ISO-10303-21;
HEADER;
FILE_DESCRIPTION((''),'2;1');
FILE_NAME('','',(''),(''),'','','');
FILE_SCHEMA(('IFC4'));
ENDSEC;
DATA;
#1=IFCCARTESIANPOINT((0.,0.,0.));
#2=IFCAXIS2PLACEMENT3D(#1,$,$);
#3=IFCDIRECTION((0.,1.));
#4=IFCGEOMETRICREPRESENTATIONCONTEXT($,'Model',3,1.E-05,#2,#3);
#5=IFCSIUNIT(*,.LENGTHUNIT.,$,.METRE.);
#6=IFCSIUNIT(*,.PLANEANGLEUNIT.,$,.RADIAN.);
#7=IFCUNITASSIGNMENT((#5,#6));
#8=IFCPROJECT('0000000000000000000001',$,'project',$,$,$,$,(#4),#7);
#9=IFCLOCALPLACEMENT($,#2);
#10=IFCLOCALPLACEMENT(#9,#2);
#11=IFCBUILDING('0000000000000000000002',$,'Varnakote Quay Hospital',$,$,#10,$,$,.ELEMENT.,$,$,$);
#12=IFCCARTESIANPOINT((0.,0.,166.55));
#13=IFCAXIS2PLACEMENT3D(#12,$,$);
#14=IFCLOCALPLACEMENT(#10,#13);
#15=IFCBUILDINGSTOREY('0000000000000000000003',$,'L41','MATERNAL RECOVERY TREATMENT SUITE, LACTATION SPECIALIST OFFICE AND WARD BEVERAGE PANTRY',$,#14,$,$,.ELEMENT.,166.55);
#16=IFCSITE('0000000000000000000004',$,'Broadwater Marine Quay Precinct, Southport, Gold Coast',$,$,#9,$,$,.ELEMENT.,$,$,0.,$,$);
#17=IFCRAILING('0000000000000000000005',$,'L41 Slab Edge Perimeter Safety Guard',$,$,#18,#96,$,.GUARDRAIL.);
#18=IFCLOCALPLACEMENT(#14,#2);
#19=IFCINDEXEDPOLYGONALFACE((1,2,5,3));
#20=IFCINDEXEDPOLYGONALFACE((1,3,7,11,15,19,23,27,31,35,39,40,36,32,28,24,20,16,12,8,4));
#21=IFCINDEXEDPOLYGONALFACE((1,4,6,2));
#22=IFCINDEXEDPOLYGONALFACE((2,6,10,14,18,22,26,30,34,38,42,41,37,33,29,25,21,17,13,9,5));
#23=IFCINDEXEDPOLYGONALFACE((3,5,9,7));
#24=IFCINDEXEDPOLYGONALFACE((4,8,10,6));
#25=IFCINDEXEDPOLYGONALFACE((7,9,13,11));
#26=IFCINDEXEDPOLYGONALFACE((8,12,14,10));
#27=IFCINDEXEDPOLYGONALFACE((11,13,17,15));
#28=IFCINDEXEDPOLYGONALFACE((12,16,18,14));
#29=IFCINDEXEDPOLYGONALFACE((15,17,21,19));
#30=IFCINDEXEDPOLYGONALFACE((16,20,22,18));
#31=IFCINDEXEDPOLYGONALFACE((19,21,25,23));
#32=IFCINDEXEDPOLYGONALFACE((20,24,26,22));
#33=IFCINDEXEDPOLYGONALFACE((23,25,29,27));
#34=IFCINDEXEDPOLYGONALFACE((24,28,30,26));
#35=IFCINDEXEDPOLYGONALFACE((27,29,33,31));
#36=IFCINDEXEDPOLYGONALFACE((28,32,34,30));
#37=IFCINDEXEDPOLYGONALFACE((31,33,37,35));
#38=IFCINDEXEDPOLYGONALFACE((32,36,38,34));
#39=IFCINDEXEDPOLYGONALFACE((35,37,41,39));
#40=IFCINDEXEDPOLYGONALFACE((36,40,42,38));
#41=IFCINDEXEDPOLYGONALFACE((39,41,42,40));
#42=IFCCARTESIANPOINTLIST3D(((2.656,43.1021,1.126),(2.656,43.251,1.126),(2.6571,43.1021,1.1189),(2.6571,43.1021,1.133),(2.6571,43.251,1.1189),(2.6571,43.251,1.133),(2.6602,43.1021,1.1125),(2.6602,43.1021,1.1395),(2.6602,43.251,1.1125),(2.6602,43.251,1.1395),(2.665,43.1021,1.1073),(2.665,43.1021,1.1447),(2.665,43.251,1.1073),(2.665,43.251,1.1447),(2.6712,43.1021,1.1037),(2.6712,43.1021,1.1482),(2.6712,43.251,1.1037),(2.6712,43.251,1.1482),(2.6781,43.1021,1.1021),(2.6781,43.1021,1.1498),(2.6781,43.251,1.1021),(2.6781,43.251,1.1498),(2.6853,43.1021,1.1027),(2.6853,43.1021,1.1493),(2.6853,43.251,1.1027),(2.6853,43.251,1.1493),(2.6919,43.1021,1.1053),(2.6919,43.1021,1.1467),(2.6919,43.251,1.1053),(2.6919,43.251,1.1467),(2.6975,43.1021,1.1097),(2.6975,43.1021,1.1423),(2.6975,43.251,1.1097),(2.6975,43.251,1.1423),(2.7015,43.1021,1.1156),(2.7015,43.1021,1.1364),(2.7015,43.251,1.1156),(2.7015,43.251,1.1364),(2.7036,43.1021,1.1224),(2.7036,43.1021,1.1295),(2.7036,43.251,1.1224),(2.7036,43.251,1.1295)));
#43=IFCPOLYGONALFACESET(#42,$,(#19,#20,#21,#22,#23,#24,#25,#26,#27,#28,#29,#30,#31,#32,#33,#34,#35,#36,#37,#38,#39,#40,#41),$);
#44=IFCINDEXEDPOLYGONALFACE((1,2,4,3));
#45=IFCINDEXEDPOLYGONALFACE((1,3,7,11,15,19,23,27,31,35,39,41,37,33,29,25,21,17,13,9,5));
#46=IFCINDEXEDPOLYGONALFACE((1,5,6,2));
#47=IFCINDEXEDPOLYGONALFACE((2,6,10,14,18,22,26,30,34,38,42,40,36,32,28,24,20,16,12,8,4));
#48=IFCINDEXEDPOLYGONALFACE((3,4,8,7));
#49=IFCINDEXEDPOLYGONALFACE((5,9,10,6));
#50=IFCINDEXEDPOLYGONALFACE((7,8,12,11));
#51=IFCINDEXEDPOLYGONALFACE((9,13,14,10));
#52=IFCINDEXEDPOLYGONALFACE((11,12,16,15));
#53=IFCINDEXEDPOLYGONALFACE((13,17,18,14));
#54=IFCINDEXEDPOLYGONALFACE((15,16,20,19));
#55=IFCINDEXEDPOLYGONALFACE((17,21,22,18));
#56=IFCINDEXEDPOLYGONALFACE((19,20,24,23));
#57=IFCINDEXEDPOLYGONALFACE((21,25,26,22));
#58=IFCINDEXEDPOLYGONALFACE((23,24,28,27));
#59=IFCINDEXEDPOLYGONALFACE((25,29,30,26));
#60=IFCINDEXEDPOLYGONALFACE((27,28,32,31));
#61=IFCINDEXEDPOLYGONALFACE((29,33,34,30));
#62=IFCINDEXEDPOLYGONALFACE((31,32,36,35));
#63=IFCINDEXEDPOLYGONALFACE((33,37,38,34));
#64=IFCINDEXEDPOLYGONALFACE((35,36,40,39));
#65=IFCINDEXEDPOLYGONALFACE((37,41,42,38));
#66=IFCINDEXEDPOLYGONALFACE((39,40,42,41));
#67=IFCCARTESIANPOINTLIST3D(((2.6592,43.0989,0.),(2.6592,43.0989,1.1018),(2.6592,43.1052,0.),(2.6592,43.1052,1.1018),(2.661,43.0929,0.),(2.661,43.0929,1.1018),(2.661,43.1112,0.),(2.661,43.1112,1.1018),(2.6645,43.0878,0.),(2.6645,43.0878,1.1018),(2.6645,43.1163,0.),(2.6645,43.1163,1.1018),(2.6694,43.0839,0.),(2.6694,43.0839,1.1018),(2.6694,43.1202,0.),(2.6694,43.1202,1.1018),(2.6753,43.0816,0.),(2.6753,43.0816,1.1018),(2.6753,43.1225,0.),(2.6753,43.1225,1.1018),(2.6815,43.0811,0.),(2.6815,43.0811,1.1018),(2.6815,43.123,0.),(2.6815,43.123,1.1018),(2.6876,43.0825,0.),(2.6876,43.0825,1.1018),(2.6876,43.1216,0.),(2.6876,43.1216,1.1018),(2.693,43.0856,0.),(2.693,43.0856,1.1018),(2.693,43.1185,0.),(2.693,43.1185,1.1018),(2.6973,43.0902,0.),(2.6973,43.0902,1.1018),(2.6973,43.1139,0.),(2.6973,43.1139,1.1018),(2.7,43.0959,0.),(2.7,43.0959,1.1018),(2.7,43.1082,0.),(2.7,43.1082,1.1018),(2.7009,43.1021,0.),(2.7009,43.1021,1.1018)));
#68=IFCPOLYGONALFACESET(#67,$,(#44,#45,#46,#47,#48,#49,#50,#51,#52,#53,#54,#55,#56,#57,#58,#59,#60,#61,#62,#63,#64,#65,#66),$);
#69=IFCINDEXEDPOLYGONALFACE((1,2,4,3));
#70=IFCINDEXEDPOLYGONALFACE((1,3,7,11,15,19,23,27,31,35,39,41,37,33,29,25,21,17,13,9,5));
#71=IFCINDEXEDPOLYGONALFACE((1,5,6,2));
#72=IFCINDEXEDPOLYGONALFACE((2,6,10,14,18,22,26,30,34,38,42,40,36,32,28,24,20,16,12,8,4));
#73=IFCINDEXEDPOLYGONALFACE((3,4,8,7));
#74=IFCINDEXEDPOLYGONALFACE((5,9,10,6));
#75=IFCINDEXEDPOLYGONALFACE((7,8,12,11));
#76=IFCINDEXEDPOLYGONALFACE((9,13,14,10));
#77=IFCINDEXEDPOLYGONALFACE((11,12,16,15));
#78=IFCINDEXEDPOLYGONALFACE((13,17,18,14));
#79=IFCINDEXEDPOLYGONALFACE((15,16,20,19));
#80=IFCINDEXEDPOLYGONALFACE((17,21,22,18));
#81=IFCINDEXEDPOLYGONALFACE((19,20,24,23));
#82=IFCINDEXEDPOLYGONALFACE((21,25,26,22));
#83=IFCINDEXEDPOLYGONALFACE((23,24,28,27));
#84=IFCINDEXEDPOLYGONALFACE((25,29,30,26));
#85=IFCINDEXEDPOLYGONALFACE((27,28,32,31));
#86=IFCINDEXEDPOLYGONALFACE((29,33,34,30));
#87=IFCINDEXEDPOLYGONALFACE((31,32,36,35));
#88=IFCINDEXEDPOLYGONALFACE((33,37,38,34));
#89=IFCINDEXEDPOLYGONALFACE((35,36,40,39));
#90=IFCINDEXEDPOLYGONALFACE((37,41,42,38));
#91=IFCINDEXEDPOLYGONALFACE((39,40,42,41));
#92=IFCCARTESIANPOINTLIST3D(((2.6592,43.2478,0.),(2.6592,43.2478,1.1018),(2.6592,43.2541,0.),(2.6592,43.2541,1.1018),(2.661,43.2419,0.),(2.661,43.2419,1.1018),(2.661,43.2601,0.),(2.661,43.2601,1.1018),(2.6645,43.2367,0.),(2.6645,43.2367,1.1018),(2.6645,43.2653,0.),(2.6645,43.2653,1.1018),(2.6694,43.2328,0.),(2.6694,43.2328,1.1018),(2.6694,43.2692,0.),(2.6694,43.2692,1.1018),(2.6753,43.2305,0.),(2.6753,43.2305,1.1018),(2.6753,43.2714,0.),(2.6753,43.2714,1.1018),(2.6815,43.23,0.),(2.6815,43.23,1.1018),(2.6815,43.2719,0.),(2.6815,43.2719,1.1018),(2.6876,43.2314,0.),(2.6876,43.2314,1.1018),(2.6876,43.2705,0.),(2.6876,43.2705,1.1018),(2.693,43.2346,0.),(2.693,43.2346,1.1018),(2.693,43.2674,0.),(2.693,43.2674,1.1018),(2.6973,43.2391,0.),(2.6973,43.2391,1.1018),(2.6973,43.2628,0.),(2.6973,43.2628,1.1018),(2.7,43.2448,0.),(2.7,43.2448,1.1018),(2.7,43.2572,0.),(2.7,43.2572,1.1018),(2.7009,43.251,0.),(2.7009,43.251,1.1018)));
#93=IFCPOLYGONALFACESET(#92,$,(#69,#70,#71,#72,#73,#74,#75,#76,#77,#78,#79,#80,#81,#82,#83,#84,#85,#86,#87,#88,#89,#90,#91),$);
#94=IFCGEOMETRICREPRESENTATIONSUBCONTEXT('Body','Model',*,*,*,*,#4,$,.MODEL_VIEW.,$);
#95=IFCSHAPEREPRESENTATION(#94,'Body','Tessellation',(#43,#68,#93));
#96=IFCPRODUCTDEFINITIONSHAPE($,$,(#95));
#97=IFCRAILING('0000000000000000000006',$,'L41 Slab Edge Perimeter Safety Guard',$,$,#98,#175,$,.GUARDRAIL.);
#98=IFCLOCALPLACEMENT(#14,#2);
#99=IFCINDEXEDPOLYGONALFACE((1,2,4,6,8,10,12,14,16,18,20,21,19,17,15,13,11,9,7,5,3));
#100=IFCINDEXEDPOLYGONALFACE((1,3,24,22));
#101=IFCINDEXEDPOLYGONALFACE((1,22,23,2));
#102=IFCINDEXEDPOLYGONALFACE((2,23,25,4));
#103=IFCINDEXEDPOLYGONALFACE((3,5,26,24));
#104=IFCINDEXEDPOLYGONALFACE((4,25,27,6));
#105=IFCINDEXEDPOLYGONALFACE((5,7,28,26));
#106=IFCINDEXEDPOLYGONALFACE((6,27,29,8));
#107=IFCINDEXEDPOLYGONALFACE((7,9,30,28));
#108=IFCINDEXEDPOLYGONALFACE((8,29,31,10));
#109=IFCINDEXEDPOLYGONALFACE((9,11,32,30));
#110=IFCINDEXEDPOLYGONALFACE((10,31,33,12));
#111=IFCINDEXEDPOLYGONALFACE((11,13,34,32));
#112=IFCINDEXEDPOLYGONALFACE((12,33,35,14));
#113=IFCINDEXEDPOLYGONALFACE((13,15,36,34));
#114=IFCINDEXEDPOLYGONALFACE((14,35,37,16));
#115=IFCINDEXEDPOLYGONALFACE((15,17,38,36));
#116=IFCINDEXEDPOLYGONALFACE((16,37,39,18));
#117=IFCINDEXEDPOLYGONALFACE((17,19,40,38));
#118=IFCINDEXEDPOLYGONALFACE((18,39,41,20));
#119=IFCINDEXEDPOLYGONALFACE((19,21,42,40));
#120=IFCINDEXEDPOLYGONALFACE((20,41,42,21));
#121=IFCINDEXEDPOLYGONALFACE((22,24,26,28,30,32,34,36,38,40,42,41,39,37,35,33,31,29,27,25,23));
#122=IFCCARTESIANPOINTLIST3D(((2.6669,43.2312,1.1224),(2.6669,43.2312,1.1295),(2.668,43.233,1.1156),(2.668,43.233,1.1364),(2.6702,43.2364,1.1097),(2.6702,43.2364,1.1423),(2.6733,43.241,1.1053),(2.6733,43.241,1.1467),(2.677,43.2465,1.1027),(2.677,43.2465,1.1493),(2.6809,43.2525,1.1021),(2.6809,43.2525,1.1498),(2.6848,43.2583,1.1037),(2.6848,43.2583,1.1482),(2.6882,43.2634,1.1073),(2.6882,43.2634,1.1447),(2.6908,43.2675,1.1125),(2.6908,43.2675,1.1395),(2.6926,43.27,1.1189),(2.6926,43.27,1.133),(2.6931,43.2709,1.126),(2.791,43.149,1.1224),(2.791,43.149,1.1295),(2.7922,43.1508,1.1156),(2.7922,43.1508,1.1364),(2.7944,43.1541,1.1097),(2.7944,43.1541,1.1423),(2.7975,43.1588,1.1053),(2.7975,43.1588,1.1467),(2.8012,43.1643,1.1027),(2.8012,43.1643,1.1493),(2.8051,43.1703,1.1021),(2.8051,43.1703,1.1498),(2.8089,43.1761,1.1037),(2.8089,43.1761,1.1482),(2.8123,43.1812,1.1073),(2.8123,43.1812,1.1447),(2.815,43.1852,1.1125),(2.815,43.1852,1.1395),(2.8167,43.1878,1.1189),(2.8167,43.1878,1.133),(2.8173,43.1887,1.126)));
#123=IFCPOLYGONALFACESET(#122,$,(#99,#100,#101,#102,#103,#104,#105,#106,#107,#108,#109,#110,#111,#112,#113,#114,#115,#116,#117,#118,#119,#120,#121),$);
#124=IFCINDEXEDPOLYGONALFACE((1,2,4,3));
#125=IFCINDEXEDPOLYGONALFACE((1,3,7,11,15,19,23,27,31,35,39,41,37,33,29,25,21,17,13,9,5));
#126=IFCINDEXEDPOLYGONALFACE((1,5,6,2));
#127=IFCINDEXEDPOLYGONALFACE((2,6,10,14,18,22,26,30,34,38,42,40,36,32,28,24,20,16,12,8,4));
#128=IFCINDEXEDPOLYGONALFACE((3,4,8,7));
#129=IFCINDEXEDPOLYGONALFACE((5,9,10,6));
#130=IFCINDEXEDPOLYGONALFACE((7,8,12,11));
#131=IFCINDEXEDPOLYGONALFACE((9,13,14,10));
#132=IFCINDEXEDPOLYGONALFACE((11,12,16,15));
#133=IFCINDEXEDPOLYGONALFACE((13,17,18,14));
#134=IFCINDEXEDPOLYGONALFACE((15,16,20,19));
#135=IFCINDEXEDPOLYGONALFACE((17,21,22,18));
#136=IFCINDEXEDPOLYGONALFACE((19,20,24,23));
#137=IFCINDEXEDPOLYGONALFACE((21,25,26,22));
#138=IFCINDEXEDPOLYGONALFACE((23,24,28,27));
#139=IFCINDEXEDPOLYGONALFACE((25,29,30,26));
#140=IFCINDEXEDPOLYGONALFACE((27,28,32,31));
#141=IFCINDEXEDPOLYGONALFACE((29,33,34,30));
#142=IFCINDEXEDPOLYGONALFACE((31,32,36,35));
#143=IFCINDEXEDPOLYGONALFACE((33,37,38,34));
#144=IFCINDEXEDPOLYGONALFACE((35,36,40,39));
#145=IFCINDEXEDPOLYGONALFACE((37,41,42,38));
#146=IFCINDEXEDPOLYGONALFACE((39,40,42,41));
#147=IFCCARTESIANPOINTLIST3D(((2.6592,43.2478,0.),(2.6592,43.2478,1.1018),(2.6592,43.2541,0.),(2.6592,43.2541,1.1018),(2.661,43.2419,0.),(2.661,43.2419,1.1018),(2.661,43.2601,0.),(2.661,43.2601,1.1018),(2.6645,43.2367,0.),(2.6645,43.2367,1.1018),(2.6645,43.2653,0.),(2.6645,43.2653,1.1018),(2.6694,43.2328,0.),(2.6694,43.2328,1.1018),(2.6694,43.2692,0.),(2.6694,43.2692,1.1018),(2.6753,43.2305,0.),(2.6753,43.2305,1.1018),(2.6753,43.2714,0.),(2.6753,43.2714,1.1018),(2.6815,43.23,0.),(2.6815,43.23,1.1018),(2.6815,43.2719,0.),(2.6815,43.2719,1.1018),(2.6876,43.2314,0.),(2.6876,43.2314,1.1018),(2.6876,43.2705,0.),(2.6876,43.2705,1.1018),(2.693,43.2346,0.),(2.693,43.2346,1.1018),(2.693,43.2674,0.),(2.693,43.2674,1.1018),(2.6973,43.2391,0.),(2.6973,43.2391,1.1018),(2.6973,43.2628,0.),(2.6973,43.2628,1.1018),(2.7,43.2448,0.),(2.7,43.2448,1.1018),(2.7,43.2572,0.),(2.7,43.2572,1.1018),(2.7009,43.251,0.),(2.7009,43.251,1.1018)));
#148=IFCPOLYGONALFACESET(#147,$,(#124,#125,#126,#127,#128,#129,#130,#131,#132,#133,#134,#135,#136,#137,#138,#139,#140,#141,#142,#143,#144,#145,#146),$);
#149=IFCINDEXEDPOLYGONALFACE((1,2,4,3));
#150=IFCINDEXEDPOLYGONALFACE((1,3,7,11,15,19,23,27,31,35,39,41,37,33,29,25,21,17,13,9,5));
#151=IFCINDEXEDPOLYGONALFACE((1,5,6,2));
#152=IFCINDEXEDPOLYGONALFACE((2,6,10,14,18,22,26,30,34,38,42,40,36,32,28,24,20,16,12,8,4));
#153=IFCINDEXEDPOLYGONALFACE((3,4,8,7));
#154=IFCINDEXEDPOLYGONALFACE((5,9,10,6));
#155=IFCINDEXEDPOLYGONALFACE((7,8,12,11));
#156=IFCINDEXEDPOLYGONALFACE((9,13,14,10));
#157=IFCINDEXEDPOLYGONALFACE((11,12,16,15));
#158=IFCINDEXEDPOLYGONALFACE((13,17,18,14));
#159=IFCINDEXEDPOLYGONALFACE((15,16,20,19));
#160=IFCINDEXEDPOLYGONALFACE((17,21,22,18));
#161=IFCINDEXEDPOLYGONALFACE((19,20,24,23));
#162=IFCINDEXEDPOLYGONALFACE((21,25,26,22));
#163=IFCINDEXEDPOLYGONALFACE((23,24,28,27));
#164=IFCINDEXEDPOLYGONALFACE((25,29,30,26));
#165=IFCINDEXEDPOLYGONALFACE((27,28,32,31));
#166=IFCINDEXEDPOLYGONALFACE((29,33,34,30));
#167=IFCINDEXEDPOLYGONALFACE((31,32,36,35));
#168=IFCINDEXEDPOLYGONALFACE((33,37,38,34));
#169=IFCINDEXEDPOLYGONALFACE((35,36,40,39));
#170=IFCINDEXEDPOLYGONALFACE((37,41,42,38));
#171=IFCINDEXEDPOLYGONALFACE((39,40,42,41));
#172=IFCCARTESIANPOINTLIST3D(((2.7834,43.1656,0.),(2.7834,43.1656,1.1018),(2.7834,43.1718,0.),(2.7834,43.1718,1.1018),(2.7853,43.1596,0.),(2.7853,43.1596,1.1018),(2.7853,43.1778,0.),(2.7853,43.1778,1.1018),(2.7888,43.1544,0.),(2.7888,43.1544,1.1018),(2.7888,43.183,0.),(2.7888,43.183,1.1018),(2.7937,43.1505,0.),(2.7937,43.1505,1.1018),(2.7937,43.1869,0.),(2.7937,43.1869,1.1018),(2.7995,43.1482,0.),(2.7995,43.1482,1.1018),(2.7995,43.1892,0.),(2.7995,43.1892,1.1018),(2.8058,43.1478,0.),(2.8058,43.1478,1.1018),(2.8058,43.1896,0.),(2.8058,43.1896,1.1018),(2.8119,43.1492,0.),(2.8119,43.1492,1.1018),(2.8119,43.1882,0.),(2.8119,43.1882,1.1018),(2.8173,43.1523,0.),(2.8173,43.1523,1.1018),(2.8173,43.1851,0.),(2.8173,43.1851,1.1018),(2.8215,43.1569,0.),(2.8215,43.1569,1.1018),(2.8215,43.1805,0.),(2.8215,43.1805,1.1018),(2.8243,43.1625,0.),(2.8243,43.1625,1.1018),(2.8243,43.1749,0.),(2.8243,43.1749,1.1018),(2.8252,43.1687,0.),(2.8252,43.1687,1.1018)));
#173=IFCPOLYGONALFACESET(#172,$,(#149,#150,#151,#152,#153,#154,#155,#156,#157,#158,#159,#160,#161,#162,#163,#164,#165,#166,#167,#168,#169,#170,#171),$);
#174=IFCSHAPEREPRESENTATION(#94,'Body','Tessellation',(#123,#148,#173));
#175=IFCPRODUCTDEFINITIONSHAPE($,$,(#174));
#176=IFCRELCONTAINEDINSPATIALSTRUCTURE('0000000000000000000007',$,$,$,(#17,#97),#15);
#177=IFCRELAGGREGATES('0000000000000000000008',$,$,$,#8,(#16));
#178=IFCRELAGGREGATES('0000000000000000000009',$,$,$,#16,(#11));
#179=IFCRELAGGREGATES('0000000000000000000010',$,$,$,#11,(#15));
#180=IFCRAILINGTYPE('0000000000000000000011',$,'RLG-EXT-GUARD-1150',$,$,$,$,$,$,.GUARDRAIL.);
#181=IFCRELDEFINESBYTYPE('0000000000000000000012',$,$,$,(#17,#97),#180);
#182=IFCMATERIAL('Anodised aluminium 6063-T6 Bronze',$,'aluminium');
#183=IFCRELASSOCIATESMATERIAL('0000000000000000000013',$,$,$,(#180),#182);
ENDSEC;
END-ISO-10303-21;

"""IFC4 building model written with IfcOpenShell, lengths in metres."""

from ifc_helpers import new_model, si_unit, direction, frame, origin, origin_2d, place, context, subcontext, project, spatial, circle, extrude, material, type_object, element, save


model = new_model("IFC4")

# Units and contexts
model_context = context("Model", 3, precision=1e-05, world=origin(), true_north=direction((0.0, 1.0)))
body_context = subcontext(model_context, "Body", "Model", "MODEL_VIEW")
ifc_project = project(units=[si_unit("LENGTHUNIT", "METRE"), si_unit("PLANEANGLEUNIT", "RADIAN")], contexts=[model_context])

# Site, building, storey
site_placement = place(None, origin())
site = spatial("IfcSite", under=ifc_project, at=site_placement, Name="Broadwater Marine Quay Precinct, Southport, Gold Coast", CompositionType="ELEMENT", RefElevation=0.0)
building_placement = place(site_placement, origin())
building = spatial("IfcBuilding", under=site, at=building_placement, Name="Varnakote Quay Hospital", CompositionType="ELEMENT")
storey_placement = place(building_placement, frame((0.0, 0.0, 166.55)))
storey = spatial("IfcBuildingStorey", under=building, at=storey_placement, Name="L41", Description="MATERNAL RECOVERY TREATMENT SUITE, LACTATION SPECIALIST OFFICE AND WARD BEVERAGE PANTRY", CompositionType="ELEMENT", Elevation=166.55)

# Railings
ifc_material_1 = material(Name="Anodised aluminium 6063-T6 Bronze", Category="aluminium")
railing_type = type_object("IfcRailingType", Name="RLG-EXT-GUARD-1150", PredefinedType="GUARDRAIL", material=ifc_material_1)
railing_1_placement = place(storey_placement, frame((2.6799, 43.1021, 0.0)))
element("IfcRailing", 1, at=railing_1_placement, inside=storey, type_object=railing_type, Name="L41 Slab Edge Perimeter Safety Guard", PredefinedType="GUARDRAIL", context=body_context, shape_type="SweptSolid", body=[
    extrude(circle(Radius=0.0239, at=origin_2d()), frame((0.0, 0.0, 1.126), z_axis=(0.0, 1.0, 0.0), x_axis=(-1.0, 0.0, 0.0)), (0.0, 0.0, 1.0), 0.1489),
    extrude(circle(Radius=0.021, at=origin_2d()), origin(), (0.0, 0.0, 1.0), 1.1018),
    extrude(circle(Radius=0.021, at=origin_2d()), frame((0.0, 0.1489, 0.0)), (0.0, 0.0, 1.0), 1.1018),
])
railing_2_placement = place(storey_placement, frame((2.6799, 43.251, 0.0)))
element("IfcRailing", 2, at=railing_2_placement, inside=storey, type_object=railing_type, Name="L41 Slab Edge Perimeter Safety Guard", PredefinedType="GUARDRAIL", context=body_context, shape_type="SweptSolid", body=[
    extrude(circle(Radius=0.0239, at=origin_2d()), frame((0.0, 0.0, 1.126), z_axis=(0.83381, -0.552051, 0.0), x_axis=(0.552051, 0.83381, 0.0)), (0.0, 0.0, 1.0), 0.1489),
    extrude(circle(Radius=0.021, at=origin_2d()), origin(), (0.0, 0.0, 1.0), 1.1018),
    extrude(circle(Radius=0.021, at=origin_2d()), frame((0.1243, -0.0823, 0.0)), (0.0, 0.0, 1.0), 1.1018),
])

save(model, "model.ifc")
